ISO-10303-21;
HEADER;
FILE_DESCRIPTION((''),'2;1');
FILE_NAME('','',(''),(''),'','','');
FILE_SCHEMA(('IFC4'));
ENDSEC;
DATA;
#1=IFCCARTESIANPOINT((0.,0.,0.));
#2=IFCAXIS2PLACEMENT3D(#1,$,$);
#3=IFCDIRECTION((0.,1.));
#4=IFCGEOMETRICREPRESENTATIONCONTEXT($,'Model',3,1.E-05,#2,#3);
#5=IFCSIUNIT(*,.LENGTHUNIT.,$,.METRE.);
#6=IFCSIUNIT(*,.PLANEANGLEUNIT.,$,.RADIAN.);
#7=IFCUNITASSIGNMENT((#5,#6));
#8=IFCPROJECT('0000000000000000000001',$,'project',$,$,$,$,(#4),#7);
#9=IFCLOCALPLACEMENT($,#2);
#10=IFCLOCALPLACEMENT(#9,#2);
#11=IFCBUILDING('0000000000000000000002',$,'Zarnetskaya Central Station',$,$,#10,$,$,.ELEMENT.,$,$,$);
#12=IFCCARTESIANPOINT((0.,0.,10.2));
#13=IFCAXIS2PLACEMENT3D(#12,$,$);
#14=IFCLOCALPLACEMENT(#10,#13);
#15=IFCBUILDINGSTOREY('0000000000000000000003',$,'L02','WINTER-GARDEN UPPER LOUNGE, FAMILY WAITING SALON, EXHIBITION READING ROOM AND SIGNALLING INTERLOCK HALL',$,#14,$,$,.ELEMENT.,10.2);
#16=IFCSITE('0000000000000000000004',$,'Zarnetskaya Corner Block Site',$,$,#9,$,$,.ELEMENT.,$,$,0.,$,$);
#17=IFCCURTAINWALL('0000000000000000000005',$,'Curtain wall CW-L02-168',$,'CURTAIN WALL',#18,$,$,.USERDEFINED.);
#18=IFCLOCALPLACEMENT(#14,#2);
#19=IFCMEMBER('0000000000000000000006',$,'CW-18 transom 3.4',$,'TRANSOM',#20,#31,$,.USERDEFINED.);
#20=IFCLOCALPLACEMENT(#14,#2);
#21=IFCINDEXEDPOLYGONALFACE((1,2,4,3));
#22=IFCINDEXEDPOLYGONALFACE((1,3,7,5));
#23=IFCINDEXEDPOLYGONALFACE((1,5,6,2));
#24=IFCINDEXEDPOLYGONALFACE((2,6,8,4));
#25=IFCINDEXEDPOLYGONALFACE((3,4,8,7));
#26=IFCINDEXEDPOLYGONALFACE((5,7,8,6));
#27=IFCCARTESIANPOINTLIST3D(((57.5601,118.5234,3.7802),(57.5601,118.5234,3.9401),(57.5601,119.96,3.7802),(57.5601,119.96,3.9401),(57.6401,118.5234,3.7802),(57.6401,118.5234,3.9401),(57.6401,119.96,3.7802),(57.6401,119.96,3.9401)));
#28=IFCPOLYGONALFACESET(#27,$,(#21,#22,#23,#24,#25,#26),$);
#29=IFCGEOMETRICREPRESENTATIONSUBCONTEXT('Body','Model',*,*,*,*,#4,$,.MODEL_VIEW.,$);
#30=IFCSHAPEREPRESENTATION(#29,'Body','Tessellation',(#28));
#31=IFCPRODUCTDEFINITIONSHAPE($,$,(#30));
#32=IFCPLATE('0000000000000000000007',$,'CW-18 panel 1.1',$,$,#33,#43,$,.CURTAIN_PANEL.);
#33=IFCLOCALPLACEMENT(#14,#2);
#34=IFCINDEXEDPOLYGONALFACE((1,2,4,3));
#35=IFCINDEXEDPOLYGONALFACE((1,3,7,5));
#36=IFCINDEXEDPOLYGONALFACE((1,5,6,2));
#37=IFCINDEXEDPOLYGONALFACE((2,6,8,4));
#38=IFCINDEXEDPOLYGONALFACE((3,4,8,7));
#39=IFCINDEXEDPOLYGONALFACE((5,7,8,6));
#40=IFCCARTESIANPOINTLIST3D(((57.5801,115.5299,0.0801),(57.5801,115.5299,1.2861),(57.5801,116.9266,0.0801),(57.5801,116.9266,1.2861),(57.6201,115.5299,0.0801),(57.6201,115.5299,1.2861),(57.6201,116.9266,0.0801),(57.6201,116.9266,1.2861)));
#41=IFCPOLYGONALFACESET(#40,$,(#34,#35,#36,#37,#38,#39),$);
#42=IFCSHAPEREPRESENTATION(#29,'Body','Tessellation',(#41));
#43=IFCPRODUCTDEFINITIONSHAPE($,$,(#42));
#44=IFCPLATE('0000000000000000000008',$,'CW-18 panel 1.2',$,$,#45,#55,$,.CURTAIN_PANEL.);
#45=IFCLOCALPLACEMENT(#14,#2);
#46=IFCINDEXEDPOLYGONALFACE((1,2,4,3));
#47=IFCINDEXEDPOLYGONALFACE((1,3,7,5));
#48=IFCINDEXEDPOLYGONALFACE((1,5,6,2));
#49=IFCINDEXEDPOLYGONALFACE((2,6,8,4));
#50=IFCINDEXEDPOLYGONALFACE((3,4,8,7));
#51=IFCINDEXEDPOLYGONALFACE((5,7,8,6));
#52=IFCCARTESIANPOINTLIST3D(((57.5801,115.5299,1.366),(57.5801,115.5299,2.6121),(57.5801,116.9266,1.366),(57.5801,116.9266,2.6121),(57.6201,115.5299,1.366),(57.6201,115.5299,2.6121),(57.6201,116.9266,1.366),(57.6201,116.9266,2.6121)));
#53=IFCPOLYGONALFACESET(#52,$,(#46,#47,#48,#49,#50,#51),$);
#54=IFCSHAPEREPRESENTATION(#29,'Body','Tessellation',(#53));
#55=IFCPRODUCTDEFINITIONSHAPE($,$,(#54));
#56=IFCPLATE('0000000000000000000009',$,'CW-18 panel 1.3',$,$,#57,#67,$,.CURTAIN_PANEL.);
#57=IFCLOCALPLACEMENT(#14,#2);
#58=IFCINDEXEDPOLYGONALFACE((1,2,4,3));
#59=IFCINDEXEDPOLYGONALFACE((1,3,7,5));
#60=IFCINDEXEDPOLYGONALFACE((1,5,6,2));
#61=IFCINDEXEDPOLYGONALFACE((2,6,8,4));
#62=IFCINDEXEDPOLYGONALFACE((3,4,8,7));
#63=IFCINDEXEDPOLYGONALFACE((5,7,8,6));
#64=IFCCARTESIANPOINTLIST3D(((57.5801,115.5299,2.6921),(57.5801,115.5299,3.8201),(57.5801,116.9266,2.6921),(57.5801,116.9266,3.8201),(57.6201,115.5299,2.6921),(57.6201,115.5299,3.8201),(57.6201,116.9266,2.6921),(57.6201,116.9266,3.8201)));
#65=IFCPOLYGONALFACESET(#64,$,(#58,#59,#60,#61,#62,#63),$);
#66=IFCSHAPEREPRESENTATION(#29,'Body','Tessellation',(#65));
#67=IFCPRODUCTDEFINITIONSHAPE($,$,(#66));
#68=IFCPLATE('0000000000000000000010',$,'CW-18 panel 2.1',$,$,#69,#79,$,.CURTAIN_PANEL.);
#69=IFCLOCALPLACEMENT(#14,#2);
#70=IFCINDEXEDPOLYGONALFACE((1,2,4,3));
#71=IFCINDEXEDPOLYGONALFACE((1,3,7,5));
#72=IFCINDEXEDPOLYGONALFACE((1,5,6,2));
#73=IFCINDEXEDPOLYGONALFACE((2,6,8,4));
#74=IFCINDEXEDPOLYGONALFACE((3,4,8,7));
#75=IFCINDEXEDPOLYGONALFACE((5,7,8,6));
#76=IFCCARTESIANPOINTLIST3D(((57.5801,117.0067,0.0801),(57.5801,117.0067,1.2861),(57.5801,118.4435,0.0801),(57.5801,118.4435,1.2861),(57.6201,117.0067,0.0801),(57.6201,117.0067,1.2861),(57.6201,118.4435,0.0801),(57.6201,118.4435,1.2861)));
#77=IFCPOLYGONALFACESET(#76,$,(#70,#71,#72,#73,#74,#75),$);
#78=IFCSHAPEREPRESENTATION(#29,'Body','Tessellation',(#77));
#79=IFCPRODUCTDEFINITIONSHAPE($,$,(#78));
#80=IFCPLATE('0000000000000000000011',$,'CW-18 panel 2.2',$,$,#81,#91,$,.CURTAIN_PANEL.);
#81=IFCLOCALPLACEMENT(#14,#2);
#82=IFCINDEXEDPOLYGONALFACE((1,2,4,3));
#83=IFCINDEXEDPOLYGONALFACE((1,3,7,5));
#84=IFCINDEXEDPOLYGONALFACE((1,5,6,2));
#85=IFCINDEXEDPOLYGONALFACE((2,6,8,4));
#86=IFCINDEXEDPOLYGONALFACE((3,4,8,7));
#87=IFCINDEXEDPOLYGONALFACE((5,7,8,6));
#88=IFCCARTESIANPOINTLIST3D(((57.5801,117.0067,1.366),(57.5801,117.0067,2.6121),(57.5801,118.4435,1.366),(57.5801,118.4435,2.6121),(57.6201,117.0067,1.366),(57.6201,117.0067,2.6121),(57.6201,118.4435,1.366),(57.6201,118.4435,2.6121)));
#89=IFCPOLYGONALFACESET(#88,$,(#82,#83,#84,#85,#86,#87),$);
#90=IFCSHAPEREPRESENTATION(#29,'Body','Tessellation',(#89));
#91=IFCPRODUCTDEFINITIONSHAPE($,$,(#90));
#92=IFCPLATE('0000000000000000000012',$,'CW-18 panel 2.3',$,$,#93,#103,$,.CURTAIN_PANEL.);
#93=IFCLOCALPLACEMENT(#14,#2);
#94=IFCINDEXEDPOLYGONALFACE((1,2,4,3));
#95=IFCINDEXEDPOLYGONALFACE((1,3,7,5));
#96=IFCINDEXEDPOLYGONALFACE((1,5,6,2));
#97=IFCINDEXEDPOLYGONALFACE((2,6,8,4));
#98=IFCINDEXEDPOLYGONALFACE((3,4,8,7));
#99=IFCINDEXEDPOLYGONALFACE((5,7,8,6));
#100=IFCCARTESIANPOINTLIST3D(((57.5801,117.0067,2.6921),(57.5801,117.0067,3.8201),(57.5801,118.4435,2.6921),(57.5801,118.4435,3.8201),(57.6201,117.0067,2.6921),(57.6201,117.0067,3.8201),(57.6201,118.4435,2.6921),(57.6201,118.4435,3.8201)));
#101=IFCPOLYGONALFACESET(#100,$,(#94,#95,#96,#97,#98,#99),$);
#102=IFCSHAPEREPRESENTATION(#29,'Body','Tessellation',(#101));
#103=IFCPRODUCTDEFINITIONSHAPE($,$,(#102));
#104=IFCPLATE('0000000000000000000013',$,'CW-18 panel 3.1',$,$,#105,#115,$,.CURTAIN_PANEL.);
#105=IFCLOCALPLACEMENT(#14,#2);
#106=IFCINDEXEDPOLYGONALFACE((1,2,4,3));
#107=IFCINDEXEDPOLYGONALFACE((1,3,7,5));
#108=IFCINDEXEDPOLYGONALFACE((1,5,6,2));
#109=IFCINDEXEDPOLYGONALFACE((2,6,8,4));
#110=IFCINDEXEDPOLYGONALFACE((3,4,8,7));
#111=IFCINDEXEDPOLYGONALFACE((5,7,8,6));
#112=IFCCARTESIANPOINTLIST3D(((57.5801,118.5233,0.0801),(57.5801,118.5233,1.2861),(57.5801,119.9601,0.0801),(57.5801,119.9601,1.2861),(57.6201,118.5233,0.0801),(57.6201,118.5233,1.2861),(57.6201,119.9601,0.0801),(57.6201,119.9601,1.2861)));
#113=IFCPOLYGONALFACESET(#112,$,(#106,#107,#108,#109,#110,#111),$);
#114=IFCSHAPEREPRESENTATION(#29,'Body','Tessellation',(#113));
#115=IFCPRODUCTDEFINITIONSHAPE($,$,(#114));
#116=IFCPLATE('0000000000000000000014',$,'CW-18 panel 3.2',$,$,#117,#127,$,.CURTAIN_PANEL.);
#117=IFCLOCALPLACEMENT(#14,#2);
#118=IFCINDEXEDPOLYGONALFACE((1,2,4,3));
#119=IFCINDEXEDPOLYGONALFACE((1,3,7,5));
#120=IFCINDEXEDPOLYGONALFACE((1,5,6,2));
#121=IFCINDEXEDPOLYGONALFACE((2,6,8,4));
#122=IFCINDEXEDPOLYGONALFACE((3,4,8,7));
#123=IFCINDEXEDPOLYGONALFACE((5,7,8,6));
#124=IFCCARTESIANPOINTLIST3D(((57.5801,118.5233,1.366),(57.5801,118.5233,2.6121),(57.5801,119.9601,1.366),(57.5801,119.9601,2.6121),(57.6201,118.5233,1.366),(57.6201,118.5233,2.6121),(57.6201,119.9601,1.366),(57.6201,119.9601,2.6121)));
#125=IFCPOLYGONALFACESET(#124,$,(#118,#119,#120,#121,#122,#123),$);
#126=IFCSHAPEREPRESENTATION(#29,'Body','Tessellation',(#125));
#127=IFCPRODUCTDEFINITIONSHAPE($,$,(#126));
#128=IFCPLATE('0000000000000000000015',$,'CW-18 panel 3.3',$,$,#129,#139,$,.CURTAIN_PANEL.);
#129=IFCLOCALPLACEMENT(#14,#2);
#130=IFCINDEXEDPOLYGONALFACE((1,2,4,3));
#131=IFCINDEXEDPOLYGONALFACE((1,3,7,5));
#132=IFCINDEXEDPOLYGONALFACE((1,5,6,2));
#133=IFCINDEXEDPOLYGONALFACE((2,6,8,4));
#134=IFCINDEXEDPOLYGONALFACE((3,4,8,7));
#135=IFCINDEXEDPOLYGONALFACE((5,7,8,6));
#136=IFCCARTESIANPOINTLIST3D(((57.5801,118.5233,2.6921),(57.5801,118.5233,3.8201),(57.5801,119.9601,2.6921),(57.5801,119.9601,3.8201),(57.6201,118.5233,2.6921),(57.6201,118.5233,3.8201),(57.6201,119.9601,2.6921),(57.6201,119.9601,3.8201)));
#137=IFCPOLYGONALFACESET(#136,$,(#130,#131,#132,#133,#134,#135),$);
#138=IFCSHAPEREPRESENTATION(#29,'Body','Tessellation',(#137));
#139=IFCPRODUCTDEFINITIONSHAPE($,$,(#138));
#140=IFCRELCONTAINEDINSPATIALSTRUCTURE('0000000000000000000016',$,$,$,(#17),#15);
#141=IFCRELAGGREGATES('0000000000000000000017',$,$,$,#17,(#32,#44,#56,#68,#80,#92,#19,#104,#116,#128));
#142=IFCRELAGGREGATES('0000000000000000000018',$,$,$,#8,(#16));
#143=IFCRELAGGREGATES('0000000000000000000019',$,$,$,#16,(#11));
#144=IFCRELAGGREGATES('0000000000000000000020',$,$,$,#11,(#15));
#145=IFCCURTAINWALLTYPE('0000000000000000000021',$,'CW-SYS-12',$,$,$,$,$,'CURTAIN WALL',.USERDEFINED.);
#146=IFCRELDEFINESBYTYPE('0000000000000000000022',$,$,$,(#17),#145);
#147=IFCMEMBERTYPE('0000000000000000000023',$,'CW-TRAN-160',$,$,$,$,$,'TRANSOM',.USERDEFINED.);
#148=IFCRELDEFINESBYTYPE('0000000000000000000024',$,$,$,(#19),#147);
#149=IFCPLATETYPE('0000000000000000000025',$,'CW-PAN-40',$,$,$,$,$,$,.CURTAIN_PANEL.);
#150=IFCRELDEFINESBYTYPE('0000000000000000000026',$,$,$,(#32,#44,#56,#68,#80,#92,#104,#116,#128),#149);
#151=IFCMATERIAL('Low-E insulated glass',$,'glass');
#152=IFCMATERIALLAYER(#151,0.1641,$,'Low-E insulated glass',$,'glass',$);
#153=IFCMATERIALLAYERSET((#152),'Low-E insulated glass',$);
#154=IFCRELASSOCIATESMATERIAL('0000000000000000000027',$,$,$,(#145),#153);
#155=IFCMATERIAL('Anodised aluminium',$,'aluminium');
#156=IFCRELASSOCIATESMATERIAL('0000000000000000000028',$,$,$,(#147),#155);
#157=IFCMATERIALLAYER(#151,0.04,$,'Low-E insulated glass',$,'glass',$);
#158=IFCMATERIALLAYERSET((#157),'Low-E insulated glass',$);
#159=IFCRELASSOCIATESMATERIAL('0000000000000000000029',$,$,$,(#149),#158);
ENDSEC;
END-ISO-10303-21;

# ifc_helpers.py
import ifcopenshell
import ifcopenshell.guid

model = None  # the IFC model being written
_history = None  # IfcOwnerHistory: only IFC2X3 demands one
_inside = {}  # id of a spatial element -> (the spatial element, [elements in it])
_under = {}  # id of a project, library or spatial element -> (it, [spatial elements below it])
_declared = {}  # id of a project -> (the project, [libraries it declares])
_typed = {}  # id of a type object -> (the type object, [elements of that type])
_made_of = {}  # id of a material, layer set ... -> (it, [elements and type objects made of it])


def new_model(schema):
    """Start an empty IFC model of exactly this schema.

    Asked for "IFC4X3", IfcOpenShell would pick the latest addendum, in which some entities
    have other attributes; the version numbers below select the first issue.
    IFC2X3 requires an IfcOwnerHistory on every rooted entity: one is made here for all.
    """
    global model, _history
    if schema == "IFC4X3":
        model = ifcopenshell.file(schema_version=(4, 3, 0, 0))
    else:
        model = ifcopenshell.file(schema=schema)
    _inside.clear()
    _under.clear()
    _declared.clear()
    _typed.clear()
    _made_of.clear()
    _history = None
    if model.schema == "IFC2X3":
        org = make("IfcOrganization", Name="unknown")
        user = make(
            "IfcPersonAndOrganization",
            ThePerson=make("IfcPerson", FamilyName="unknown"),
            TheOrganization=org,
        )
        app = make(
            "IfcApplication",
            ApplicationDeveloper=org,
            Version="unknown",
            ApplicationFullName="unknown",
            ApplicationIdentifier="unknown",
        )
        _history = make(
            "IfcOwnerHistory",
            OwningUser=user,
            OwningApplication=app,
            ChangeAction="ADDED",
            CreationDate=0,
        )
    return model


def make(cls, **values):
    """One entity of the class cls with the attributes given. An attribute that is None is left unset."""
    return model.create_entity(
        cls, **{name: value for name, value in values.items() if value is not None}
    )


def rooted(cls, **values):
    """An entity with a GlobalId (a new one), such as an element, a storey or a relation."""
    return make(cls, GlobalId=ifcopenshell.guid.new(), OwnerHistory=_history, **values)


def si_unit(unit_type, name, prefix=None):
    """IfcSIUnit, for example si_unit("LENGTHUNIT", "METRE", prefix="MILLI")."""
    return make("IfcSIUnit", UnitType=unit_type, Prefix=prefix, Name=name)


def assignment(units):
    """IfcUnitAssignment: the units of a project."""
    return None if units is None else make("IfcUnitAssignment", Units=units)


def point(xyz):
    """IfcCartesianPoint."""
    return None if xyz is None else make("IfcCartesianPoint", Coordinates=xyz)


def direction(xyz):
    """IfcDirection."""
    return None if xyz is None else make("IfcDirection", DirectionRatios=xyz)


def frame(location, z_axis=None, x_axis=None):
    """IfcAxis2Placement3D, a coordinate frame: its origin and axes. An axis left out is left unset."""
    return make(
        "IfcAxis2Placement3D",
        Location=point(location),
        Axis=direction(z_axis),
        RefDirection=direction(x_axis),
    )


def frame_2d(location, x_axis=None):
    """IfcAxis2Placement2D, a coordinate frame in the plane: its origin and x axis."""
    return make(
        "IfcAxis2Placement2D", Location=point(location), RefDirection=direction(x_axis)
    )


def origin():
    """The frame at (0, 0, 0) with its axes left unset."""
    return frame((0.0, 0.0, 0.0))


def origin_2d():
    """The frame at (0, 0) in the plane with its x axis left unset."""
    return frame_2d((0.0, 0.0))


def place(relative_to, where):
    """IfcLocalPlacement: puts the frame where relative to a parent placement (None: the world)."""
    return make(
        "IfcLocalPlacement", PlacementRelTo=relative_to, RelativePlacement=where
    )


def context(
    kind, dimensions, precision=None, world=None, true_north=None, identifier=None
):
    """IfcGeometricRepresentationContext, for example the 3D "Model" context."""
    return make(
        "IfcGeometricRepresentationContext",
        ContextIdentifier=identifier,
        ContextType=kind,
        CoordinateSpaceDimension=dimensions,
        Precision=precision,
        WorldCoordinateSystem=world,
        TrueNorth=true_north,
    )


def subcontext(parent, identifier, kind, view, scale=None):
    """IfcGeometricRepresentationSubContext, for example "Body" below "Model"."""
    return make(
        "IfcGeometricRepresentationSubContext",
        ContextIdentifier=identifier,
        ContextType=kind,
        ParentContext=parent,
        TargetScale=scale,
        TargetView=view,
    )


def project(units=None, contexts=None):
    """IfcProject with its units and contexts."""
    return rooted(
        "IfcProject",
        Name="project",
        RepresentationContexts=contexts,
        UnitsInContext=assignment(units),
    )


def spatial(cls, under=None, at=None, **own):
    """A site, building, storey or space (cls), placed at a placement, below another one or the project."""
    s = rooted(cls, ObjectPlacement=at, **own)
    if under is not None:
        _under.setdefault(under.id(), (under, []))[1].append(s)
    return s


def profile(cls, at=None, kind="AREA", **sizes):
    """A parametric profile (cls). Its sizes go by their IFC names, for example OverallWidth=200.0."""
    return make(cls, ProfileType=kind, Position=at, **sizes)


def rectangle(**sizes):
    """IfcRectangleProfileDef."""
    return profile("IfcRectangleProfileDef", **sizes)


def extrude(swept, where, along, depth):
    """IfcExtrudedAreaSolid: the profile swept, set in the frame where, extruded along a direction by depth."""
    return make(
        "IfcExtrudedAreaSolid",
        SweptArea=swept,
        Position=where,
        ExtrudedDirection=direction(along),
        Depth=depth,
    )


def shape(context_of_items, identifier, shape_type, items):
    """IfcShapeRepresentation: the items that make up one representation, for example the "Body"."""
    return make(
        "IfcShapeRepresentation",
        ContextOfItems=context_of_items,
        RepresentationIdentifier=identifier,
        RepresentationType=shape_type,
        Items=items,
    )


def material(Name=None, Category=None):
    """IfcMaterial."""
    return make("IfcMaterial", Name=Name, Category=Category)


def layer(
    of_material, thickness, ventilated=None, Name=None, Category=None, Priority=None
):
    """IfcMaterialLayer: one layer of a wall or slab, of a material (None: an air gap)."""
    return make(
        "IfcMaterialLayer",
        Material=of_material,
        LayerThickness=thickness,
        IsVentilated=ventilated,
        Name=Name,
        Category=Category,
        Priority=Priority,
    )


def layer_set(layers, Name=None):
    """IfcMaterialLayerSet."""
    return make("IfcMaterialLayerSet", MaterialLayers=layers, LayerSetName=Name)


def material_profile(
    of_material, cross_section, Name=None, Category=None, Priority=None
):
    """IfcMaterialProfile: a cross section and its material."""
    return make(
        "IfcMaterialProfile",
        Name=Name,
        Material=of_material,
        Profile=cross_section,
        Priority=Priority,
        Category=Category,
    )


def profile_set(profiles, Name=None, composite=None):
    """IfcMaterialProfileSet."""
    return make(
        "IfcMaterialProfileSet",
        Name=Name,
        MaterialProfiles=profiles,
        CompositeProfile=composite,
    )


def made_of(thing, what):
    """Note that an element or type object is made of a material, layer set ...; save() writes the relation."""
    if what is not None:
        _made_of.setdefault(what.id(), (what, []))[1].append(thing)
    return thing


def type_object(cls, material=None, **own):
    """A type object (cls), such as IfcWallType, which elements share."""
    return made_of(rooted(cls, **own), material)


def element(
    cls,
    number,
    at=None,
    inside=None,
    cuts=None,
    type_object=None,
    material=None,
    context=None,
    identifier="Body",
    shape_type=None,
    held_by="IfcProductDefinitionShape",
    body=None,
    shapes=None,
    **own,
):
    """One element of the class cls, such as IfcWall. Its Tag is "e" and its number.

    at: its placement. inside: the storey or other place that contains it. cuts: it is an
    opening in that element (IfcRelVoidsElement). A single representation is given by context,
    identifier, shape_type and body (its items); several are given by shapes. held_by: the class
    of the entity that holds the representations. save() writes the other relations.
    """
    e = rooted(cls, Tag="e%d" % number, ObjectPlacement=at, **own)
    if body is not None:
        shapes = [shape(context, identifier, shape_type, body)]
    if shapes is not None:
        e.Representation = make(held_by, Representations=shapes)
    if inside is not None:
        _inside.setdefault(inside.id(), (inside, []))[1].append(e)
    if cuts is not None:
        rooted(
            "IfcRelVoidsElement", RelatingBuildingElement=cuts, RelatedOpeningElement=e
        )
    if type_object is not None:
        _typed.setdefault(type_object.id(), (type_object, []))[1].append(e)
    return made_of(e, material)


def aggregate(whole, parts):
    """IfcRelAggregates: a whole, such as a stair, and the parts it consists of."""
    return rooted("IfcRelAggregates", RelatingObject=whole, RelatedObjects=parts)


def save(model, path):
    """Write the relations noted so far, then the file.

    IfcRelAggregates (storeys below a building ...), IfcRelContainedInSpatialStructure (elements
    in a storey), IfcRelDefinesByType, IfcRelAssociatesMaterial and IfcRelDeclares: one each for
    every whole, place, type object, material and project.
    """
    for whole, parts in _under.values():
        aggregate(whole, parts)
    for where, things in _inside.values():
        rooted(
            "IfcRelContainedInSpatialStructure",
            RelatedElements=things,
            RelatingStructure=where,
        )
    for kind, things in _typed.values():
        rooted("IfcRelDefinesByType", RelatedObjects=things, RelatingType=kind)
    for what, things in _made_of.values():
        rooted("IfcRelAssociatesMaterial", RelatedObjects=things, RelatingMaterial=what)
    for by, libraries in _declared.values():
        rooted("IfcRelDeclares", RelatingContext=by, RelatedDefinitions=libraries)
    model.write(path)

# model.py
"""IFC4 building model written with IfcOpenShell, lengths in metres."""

from ifc_helpers import new_model, si_unit, direction, frame, origin, origin_2d, place, context, subcontext, project, spatial, rectangle, extrude, material, layer, layer_set, material_profile, profile_set, type_object, element, aggregate, save


model = new_model("IFC4")

# Units and contexts
model_context = context("Model", 3, precision=1e-05, world=origin(), true_north=direction((0.0, 1.0)))
body_context = subcontext(model_context, "Body", "Model", "MODEL_VIEW")
ifc_project = project(units=[si_unit("LENGTHUNIT", "METRE"), si_unit("PLANEANGLEUNIT", "RADIAN")], contexts=[model_context])

# Site, building, storey
site_placement = place(None, origin())
site = spatial("IfcSite", under=ifc_project, at=site_placement, Name="Zarnetskaya Corner Block Site", CompositionType="ELEMENT", RefElevation=0.0)
building_placement = place(site_placement, origin())
building = spatial("IfcBuilding", under=site, at=building_placement, Name="Zarnetskaya Central Station", CompositionType="ELEMENT")
storey_placement = place(building_placement, frame((0.0, 0.0, 10.2)))
storey = spatial("IfcBuildingStorey", under=building, at=storey_placement, Name="L02", Description="WINTER-GARDEN UPPER LOUNGE, FAMILY WAITING SALON, EXHIBITION READING ROOM AND SIGNALLING INTERLOCK HALL", CompositionType="ELEMENT", Elevation=10.2)

# Curtain wall, member, plates
ifc_material_1 = material(Name="Low-E insulated glass", Category="glass")
ifc_layer_1 = layer(ifc_material_1, 0.1641, Name="Low-E insulated glass", Category="glass")
ifc_layer_set_1 = layer_set([ifc_layer_1], Name="Low-E insulated glass")
curtain_wall_type = type_object("IfcCurtainWallType", Name="CW-SYS-12", ElementType="CURTAIN WALL", PredefinedType="USERDEFINED", material=ifc_layer_set_1)
curtain_wall_placement = place(storey_placement, origin())
curtain_wall = element("IfcCurtainWall", 1, at=curtain_wall_placement, inside=storey, type_object=curtain_wall_type, Name="Curtain wall CW-L02-168", ObjectType="CURTAIN WALL", PredefinedType="USERDEFINED")
ifc_material_2 = material(Name="Anodised aluminium", Category="aluminium")
ifc_material_profile_1 = material_profile(ifc_material_2, rectangle(XDim=0.0801, YDim=0.1599, at=origin_2d()), Name="ALU TRAN 80x160")
ifc_profile_set_1 = profile_set([ifc_material_profile_1], Name="Anodised aluminium")
member_type_1 = type_object("IfcMemberType", Name="CW-TRAN-160", ElementType="TRANSOM", PredefinedType="USERDEFINED", material=ifc_profile_set_1)
member_1_placement = place(storey_placement, frame((57.6001, 118.5234, 3.8601), z_axis=(0.0, 1.0, 0.0), x_axis=(-1.0, 0.0, 0.0)))
member_1 = element("IfcMember", 2, at=member_1_placement, type_object=member_type_1, Name="CW-18 transom 3.4", ObjectType="TRANSOM", PredefinedType="USERDEFINED", context=body_context, shape_type="SweptSolid", body=[
    extrude(rectangle(XDim=0.0801, YDim=0.1599, at=origin_2d()), origin(), (0.0, 0.0, 1.0), 1.4365),
])
ifc_layer_2 = layer(ifc_material_1, 0.04, Name="Low-E insulated glass", Category="glass")
ifc_layer_set_2 = layer_set([ifc_layer_2], Name="Low-E insulated glass")
plate_type = type_object("IfcPlateType", Name="CW-PAN-40", PredefinedType="CURTAIN_PANEL", material=ifc_layer_set_2)
plate_1_placement = place(storey_placement, frame((57.6001, 116.2283, 0.0801), z_axis=(0.0, 0.0, 1.0), x_axis=(0.0, 1.0, 0.0)))
plate_1 = element("IfcPlate", 3, at=plate_1_placement, type_object=plate_type, Name="CW-18 panel 1.1", PredefinedType="CURTAIN_PANEL", context=body_context, shape_type="SweptSolid", body=[
    extrude(rectangle(XDim=1.3967, YDim=0.04, at=origin_2d()), origin(), (0.0, 0.0, 1.0), 1.2061),
])
plate_2_placement = place(storey_placement, frame((57.6001, 116.2283, 1.366), z_axis=(0.0, 0.0, 1.0), x_axis=(0.0, 1.0, 0.0)))
plate_2 = element("IfcPlate", 4, at=plate_2_placement, type_object=plate_type, Name="CW-18 panel 1.2", PredefinedType="CURTAIN_PANEL", context=body_context, shape_type="SweptSolid", body=[
    extrude(rectangle(XDim=1.3967, YDim=0.04, at=origin_2d()), origin(), (0.0, 0.0, 1.0), 1.2461),
])
plate_3_placement = place(storey_placement, frame((57.6001, 116.2283, 2.6921), z_axis=(0.0, 0.0, 1.0), x_axis=(0.0, 1.0, 0.0)))
plate_3 = element("IfcPlate", 5, at=plate_3_placement, type_object=plate_type, Name="CW-18 panel 1.3", PredefinedType="CURTAIN_PANEL", context=body_context, shape_type="SweptSolid", body=[
    extrude(rectangle(XDim=1.3967, YDim=0.04, at=origin_2d()), origin(), (0.0, 0.0, 1.0), 1.1279),
])
plate_4_placement = place(storey_placement, frame((57.6001, 117.7251, 0.0801), z_axis=(0.0, 0.0, 1.0), x_axis=(0.0, 1.0, 0.0)))
plate_4 = element("IfcPlate", 6, at=plate_4_placement, type_object=plate_type, Name="CW-18 panel 2.1", PredefinedType="CURTAIN_PANEL", context=body_context, shape_type="SweptSolid", body=[
    extrude(rectangle(XDim=1.4368, YDim=0.04, at=origin_2d()), origin(), (0.0, 0.0, 1.0), 1.2061),
])
plate_5_placement = place(storey_placement, frame((57.6001, 117.7251, 1.366), z_axis=(0.0, 0.0, 1.0), x_axis=(0.0, 1.0, 0.0)))
plate_5 = element("IfcPlate", 7, at=plate_5_placement, type_object=plate_type, Name="CW-18 panel 2.2", PredefinedType="CURTAIN_PANEL", context=body_context, shape_type="SweptSolid", body=[
    extrude(rectangle(XDim=1.4368, YDim=0.04, at=origin_2d()), origin(), (0.0, 0.0, 1.0), 1.2461),
])
plate_6_placement = place(storey_placement, frame((57.6001, 117.7251, 2.6921), z_axis=(0.0, 0.0, 1.0), x_axis=(0.0, 1.0, 0.0)))
plate_6 = element("IfcPlate", 8, at=plate_6_placement, type_object=plate_type, Name="CW-18 panel 2.3", PredefinedType="CURTAIN_PANEL", context=body_context, shape_type="SweptSolid", body=[
    extrude(rectangle(XDim=1.4368, YDim=0.04, at=origin_2d()), origin(), (0.0, 0.0, 1.0), 1.1279),
])
plate_7_placement = place(storey_placement, frame((57.6001, 119.2417, 0.0801), z_axis=(0.0, 0.0, 1.0), x_axis=(0.0, 1.0, 0.0)))
plate_7 = element("IfcPlate", 9, at=plate_7_placement, type_object=plate_type, Name="CW-18 panel 3.1", PredefinedType="CURTAIN_PANEL", context=body_context, shape_type="SweptSolid", body=[
    extrude(rectangle(XDim=1.4368, YDim=0.04, at=origin_2d()), origin(), (0.0, 0.0, 1.0), 1.2061),
])
plate_8_placement = place(storey_placement, frame((57.6001, 119.2417, 1.366), z_axis=(0.0, 0.0, 1.0), x_axis=(0.0, 1.0, 0.0)))
plate_8 = element("IfcPlate", 10, at=plate_8_placement, type_object=plate_type, Name="CW-18 panel 3.2", PredefinedType="CURTAIN_PANEL", context=body_context, shape_type="SweptSolid", body=[
    extrude(rectangle(XDim=1.4368, YDim=0.04, at=origin_2d()), origin(), (0.0, 0.0, 1.0), 1.2461),
])
plate_9_placement = place(storey_placement, frame((57.6001, 119.2417, 2.6921), z_axis=(0.0, 0.0, 1.0), x_axis=(0.0, 1.0, 0.0)))
plate_9 = element("IfcPlate", 11, at=plate_9_placement, type_object=plate_type, Name="CW-18 panel 3.3", PredefinedType="CURTAIN_PANEL", context=body_context, shape_type="SweptSolid", body=[
    extrude(rectangle(XDim=1.4368, YDim=0.04, at=origin_2d()), origin(), (0.0, 0.0, 1.0), 1.1279),
])
aggregate(curtain_wall, [plate_1, plate_2, plate_3, plate_4, plate_5, plate_6, member_1, plate_7, plate_8, plate_9])

save(model, "model.ifc")
